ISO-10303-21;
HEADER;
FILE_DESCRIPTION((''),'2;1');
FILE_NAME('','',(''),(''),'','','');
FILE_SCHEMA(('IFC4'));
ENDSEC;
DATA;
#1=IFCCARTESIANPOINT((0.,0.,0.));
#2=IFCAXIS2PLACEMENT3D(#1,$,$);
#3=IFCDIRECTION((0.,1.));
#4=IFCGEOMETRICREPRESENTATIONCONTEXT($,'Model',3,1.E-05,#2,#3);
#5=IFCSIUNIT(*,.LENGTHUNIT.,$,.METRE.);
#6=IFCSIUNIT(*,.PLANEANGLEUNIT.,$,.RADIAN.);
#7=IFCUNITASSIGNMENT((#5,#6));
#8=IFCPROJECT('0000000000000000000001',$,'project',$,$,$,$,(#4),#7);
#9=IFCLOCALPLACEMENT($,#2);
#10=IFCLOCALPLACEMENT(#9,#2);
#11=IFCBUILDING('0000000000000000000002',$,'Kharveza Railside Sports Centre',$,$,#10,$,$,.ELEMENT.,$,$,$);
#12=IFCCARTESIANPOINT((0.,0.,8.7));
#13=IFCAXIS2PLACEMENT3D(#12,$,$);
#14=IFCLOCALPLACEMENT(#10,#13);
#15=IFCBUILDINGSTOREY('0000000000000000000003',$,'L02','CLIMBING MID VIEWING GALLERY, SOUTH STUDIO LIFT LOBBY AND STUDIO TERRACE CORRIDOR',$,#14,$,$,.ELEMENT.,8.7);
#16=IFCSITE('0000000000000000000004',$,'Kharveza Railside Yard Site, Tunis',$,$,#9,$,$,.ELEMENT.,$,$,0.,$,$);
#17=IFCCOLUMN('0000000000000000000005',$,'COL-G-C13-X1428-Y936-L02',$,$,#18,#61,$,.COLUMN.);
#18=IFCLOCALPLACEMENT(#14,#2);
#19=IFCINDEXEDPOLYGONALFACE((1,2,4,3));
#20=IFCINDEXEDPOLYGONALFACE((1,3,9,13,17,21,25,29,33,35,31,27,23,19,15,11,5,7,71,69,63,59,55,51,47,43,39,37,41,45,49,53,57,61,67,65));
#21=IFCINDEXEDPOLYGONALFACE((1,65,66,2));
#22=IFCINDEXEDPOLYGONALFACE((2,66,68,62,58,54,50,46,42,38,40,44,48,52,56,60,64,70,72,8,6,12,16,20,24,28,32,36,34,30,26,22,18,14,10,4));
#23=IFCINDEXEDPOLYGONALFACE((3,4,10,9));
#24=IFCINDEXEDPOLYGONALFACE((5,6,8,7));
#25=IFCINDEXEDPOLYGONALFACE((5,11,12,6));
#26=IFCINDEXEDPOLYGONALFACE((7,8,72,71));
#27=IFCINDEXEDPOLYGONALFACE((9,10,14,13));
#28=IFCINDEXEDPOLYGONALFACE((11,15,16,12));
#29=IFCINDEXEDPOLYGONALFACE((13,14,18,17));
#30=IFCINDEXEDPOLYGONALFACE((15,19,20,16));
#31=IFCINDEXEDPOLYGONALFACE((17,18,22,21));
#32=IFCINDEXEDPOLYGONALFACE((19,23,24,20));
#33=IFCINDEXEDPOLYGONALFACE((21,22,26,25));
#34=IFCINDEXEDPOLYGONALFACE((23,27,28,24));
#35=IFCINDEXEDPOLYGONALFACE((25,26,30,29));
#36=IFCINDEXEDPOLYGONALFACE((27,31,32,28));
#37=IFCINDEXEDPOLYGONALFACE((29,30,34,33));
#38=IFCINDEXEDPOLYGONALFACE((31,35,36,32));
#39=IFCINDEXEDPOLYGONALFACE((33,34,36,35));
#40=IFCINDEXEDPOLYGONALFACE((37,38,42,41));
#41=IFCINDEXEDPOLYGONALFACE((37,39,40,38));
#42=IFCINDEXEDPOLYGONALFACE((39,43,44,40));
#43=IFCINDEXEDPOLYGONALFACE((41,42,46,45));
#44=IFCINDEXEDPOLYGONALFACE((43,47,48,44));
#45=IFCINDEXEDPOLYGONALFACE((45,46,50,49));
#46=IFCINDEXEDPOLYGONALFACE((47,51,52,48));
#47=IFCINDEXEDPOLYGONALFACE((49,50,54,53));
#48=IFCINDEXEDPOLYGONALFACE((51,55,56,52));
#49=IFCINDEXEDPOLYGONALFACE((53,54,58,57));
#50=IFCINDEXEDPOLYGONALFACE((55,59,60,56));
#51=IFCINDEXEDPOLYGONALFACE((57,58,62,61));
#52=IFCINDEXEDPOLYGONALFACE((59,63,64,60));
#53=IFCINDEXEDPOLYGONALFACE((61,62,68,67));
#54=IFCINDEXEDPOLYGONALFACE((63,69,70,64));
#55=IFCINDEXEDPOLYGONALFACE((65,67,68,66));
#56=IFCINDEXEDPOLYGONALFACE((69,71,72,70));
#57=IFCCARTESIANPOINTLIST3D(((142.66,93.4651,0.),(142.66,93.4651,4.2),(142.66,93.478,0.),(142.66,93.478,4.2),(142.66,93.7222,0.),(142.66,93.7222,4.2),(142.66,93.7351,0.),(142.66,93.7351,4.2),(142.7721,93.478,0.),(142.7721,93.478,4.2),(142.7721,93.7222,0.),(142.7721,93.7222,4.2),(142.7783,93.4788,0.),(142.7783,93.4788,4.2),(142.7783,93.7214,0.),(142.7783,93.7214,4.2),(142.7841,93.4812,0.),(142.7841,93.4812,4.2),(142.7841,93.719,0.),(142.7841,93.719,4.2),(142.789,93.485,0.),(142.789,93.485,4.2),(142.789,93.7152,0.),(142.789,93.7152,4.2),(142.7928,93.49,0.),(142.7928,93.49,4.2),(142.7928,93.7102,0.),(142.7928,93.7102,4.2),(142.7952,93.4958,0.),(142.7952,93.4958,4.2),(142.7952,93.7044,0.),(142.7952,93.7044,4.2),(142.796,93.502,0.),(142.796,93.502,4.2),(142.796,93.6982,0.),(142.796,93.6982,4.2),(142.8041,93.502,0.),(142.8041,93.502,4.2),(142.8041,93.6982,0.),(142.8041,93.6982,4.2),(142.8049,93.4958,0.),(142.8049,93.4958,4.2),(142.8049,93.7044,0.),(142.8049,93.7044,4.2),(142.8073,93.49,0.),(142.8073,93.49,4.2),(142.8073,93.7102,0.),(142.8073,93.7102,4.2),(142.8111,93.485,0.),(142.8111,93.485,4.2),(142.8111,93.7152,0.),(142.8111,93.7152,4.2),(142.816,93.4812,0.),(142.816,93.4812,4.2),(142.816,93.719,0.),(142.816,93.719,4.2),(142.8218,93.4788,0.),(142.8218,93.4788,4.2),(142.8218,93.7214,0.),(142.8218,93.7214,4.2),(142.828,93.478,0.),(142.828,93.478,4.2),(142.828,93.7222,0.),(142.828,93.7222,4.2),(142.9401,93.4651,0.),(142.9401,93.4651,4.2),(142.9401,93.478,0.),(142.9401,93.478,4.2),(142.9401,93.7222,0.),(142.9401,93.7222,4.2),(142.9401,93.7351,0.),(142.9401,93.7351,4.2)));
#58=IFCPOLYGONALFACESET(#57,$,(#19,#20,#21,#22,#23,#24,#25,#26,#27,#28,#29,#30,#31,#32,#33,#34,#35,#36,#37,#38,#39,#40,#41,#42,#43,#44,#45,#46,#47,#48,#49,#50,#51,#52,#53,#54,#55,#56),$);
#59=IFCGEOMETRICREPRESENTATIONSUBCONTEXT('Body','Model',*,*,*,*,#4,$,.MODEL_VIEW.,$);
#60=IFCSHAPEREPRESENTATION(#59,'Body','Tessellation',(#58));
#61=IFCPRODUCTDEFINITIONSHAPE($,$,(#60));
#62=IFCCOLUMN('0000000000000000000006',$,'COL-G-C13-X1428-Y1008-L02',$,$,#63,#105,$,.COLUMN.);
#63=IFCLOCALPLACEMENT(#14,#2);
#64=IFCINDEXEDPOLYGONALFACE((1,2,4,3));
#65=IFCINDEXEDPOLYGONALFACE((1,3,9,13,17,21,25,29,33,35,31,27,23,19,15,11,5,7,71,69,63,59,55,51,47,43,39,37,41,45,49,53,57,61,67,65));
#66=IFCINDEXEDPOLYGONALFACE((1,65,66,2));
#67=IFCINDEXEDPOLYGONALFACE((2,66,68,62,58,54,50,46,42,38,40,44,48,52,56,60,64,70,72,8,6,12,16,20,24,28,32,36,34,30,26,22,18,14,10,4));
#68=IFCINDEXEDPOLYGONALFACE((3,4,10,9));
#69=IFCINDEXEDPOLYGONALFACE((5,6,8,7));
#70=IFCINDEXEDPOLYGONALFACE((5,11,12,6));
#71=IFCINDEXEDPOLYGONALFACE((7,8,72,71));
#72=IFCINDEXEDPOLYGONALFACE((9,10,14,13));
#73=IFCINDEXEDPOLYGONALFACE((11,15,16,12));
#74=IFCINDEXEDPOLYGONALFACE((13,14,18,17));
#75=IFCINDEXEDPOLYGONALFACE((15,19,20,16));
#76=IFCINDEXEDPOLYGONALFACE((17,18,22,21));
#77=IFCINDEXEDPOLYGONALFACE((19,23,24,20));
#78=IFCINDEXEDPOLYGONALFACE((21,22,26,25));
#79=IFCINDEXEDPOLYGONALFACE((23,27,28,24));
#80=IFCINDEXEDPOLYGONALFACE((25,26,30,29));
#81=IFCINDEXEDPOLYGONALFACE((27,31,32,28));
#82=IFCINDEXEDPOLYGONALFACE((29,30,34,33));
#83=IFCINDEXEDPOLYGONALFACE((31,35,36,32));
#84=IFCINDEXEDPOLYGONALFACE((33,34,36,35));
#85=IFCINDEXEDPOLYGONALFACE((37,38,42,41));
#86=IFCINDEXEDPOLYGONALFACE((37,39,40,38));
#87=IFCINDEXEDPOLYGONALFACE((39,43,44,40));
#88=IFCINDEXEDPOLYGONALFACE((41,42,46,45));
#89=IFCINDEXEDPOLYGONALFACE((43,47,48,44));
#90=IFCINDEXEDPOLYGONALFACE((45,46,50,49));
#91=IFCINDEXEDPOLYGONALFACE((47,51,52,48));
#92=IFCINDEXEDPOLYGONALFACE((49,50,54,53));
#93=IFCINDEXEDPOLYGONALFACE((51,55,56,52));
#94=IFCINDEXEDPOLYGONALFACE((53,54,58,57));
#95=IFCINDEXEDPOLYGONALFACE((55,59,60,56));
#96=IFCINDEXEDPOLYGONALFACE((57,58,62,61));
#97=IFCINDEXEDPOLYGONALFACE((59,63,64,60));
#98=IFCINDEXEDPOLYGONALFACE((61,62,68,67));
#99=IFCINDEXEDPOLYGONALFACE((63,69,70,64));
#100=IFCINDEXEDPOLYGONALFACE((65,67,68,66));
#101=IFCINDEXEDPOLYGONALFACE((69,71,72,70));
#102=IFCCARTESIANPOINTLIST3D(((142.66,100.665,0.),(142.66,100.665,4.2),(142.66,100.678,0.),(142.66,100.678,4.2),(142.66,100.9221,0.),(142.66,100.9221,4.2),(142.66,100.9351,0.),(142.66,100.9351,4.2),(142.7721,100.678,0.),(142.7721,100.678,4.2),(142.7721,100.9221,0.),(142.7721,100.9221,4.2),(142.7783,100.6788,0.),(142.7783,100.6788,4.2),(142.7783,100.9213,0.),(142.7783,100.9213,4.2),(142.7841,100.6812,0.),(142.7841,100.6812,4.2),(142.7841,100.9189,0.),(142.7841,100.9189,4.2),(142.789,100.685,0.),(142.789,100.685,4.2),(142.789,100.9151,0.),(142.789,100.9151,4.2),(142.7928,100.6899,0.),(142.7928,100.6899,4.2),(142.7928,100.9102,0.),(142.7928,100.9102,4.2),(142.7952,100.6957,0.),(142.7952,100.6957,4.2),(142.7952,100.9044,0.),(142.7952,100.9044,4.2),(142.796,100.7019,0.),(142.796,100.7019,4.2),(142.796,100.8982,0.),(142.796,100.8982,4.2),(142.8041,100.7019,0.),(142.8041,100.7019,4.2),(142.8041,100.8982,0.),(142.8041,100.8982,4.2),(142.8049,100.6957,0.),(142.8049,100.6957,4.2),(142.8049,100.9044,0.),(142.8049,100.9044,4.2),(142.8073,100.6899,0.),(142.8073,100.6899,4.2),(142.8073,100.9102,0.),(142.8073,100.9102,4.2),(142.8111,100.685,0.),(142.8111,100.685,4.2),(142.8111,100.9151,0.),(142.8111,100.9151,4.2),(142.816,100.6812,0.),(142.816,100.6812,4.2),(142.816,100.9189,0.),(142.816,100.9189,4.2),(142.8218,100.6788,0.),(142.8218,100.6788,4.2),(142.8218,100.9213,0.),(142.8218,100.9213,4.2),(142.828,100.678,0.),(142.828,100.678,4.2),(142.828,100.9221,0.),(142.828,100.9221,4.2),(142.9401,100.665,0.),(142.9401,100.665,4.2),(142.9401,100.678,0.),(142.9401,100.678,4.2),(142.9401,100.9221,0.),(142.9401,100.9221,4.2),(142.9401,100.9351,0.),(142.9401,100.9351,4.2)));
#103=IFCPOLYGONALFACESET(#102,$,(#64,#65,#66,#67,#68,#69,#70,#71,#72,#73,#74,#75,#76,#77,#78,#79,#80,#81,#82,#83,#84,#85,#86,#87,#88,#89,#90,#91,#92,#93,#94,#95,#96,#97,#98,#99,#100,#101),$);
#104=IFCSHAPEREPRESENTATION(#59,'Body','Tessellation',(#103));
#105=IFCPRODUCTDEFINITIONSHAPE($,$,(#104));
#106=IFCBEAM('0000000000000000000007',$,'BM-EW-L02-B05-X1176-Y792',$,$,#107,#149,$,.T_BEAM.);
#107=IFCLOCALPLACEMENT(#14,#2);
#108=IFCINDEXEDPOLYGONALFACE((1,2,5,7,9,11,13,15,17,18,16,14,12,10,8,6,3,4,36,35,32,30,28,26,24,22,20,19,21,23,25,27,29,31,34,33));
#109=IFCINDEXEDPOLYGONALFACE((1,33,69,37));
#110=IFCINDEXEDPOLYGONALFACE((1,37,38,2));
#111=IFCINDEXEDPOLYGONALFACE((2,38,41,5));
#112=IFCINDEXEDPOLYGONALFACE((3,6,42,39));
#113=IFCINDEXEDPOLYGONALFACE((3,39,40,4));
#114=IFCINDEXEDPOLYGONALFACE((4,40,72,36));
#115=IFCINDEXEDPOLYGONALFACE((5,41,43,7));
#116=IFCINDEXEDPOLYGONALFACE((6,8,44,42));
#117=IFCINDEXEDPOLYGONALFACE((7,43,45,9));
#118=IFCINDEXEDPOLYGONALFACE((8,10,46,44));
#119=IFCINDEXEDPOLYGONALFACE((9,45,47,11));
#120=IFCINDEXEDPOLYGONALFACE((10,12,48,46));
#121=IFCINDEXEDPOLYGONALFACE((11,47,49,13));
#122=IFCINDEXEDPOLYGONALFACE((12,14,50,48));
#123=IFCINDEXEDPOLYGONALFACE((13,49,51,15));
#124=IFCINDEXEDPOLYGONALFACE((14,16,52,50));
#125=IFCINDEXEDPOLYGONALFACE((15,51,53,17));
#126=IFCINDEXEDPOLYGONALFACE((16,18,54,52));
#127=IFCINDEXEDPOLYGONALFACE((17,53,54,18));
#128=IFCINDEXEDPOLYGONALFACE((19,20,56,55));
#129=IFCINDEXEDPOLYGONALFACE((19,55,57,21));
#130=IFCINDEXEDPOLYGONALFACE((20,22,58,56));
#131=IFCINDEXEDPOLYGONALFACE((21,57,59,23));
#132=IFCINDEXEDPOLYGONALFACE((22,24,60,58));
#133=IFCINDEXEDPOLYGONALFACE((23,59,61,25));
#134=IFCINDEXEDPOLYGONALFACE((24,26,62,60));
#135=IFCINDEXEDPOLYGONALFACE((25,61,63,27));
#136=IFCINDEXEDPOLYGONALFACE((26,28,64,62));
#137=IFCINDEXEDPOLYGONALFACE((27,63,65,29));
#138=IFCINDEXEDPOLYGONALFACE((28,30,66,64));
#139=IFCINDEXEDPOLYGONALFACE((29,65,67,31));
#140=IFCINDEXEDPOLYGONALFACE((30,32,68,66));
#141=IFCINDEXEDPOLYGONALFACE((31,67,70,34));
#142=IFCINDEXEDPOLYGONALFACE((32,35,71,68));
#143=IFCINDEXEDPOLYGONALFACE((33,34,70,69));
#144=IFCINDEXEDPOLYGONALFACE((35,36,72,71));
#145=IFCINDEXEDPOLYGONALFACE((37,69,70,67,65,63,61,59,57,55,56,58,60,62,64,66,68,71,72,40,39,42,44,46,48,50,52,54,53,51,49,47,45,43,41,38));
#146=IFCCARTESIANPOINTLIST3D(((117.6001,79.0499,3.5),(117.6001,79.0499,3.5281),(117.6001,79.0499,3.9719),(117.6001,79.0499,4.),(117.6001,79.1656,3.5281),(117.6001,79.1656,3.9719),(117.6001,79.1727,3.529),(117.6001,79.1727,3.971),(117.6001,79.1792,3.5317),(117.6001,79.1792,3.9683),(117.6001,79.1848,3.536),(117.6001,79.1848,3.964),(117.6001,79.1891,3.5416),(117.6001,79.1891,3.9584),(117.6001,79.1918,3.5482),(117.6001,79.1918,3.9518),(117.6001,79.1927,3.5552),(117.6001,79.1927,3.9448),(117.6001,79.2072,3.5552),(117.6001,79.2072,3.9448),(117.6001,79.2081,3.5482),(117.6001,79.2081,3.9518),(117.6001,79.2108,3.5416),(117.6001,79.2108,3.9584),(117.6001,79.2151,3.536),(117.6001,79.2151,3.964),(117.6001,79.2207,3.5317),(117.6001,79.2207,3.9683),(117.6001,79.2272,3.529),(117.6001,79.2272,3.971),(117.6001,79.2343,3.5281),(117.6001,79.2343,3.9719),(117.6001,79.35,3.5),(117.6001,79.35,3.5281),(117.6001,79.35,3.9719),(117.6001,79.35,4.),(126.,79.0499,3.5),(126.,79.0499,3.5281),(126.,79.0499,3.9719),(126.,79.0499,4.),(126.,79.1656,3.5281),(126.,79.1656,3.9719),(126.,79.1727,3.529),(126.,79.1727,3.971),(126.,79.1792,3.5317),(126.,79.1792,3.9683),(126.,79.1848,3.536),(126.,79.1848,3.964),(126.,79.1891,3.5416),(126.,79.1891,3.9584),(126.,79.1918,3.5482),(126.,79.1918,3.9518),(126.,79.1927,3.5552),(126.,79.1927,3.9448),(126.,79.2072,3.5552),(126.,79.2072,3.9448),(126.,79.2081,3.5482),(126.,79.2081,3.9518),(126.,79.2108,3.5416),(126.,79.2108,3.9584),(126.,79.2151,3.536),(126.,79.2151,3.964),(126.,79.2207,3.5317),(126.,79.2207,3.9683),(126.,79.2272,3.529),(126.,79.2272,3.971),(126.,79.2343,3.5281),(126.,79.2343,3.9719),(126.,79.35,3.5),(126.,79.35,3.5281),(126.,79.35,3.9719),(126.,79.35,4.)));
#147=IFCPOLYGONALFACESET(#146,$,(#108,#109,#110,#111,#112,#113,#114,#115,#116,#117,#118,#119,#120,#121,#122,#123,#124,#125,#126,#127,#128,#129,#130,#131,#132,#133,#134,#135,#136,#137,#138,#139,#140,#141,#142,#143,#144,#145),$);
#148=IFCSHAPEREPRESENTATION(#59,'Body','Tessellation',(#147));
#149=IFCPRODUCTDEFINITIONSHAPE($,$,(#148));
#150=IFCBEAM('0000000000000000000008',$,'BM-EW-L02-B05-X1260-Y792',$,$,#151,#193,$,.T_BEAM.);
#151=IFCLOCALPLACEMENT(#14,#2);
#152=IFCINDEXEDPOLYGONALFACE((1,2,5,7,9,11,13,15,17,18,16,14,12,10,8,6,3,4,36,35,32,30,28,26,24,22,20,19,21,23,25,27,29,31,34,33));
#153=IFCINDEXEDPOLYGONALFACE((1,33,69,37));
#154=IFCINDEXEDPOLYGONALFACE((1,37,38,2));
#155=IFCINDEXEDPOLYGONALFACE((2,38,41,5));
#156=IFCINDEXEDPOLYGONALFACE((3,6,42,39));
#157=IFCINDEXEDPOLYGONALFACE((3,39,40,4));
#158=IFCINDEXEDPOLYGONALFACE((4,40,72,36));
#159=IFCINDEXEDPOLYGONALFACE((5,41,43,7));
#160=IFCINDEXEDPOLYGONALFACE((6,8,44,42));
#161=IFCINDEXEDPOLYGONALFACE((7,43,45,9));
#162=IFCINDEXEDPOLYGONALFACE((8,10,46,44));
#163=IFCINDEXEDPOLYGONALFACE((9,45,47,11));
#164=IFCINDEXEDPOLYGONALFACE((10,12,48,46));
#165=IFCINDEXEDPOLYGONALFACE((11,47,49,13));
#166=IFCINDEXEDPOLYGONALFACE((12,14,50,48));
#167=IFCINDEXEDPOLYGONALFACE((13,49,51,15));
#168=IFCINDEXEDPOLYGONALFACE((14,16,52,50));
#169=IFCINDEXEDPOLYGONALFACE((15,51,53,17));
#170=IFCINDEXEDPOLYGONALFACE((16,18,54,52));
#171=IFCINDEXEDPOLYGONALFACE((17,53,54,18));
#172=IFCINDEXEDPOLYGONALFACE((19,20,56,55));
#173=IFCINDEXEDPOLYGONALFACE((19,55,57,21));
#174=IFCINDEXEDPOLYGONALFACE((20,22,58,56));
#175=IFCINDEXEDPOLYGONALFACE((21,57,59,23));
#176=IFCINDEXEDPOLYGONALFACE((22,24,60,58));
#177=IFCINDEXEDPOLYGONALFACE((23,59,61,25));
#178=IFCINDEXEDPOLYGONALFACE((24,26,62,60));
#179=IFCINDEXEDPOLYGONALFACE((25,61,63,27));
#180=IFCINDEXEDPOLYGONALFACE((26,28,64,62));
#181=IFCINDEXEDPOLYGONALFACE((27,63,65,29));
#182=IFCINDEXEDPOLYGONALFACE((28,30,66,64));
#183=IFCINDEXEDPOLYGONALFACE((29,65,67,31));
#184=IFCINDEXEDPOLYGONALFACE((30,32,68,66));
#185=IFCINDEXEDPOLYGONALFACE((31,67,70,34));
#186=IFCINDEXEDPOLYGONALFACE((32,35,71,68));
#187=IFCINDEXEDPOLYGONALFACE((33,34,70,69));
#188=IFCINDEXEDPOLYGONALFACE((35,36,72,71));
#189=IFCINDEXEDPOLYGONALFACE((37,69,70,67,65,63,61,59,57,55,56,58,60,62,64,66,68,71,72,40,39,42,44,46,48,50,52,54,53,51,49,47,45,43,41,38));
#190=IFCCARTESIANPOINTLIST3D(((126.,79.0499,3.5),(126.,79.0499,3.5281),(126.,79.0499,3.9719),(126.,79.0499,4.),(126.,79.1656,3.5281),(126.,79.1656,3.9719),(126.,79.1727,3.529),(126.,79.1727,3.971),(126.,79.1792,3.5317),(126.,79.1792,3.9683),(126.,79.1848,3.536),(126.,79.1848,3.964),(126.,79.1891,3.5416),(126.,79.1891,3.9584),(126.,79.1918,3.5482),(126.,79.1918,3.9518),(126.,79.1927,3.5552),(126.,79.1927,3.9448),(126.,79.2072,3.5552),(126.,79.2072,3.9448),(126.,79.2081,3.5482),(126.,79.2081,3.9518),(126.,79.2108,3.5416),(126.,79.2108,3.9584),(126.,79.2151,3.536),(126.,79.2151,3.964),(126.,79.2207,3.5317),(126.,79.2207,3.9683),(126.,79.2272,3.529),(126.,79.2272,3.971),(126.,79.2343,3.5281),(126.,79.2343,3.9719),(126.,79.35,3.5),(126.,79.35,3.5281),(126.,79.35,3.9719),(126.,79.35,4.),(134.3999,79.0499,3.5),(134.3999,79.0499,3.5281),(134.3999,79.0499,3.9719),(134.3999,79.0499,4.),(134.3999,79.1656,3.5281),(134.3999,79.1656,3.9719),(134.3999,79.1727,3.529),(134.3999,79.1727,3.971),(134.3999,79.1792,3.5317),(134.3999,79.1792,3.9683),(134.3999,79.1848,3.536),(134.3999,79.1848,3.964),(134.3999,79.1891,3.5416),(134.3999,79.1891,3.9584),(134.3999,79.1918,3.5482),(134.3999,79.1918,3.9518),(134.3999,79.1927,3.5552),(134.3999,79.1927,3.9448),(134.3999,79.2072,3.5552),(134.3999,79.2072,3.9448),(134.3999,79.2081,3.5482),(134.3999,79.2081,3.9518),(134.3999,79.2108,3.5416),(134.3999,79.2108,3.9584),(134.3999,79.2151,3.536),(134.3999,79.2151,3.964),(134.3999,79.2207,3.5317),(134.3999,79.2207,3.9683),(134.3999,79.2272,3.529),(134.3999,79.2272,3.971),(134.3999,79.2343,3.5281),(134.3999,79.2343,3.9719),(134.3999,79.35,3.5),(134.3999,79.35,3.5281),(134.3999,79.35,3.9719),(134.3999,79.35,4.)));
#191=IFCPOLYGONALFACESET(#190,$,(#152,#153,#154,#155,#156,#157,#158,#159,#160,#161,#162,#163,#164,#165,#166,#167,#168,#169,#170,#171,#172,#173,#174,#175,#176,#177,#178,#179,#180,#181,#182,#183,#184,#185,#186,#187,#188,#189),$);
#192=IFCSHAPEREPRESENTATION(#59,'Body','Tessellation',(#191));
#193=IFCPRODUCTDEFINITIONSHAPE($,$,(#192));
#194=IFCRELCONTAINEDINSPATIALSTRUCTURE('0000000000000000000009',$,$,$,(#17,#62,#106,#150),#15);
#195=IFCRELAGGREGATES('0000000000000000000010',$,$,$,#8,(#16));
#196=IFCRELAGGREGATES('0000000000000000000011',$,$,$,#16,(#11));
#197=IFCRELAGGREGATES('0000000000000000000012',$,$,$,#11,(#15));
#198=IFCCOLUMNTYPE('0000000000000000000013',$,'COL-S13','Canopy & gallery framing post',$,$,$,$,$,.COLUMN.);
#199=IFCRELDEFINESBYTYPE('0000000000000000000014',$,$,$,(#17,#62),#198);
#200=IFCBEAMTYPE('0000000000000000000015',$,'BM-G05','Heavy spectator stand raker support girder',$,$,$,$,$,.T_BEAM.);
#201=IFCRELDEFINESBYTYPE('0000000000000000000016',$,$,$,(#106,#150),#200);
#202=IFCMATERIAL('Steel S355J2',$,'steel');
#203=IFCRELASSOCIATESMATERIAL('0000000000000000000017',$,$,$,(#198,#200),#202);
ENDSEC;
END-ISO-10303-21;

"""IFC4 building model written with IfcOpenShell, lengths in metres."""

from ifc_helpers import new_model, si_unit, direction, frame, origin, origin_2d, place, context, subcontext, project, spatial, i_section, extrude, material, material_profile, profile_set, type_object, element, save


model = new_model("IFC4")

# Units and contexts
model_context = context("Model", 3, precision=1e-05, world=origin(), true_north=direction((0.0, 1.0)))
body_context = subcontext(model_context, "Body", "Model", "MODEL_VIEW")
ifc_project = project(units=[si_unit("LENGTHUNIT", "METRE"), si_unit("PLANEANGLEUNIT", "RADIAN")], contexts=[model_context])

# Site, building, storey
site_placement = place(None, origin())
site = spatial("IfcSite", under=ifc_project, at=site_placement, Name="Kharveza Railside Yard Site, Tunis", CompositionType="ELEMENT", RefElevation=0.0)
building_placement = place(site_placement, origin())
building = spatial("IfcBuilding", under=site, at=building_placement, Name="Kharveza Railside Sports Centre", CompositionType="ELEMENT")
storey_placement = place(building_placement, frame((0.0, 0.0, 8.7)))
storey = spatial("IfcBuildingStorey", under=building, at=storey_placement, Name="L02", Description="CLIMBING MID VIEWING GALLERY, SOUTH STUDIO LIFT LOBBY AND STUDIO TERRACE CORRIDOR", CompositionType="ELEMENT", Elevation=8.7)

# Columns
ifc_material_1 = material(Name="Steel S355J2", Category="steel")
ifc_material_profile_1 = material_profile(ifc_material_1, i_section(OverallWidth=0.28, OverallDepth=0.27, WebThickness=0.0081, FlangeThickness=0.0129, FilletRadius=0.0239, at=origin_2d()), Name="HEA 280")
ifc_profile_set_1 = profile_set([ifc_material_profile_1], Name="Steel S355J2")
column_type_1 = type_object("IfcColumnType", Name="COL-S13", Description="Canopy & gallery framing post", PredefinedType="COLUMN", material=ifc_profile_set_1)
for number, where, z_axis, x_axis, name in (
    (1, (142.8, 93.6001, 0.0), (0.0, 0.0, 1.0), (1.0, 0.0, 0.0), "COL-G-C13-X1428-Y936-L02"),
    (2, (142.8, 100.8, 0.0), (0.0, 0.0, 1.0), (1.0, 0.0, 0.0), "COL-G-C13-X1428-Y1008-L02"),
):
    element("IfcColumn", number, at=place(storey_placement, frame(where, z_axis=z_axis, x_axis=x_axis)), inside=storey, type_object=column_type_1, Name=name, PredefinedType="COLUMN", context=body_context, shape_type="SweptSolid", body=[
        extrude(i_section(OverallWidth=0.28, OverallDepth=0.27, WebThickness=0.0081, FlangeThickness=0.0129, FilletRadius=0.0239, at=origin_2d()), origin(), (0.0, 0.0, 1.0), 4.2),
    ])

# Beams
ifc_material_profile_2 = material_profile(ifc_material_1, i_section(OverallWidth=0.3, OverallDepth=0.5, WebThickness=0.0144, FlangeThickness=0.0281, FilletRadius=0.0271, at=origin_2d()), Name="HEB 500")
ifc_profile_set_2 = profile_set([ifc_material_profile_2], Name="Steel S355J2")
beam_type_1 = type_object("IfcBeamType", Name="BM-G05", Description="Heavy spectator stand raker support girder", PredefinedType="T_BEAM", material=ifc_profile_set_2)
for number, where, z_axis, x_axis, name in (
    (3, (117.6001, 79.2, 3.75), (1.0, 0.0, 0.0), (0.0, 1.0, 0.0), "BM-EW-L02-B05-X1176-Y792"),
    (4, (126.0, 79.2, 3.75), (1.0, 0.0, 0.0), (0.0, 1.0, 0.0), "BM-EW-L02-B05-X1260-Y792"),
):
    element("IfcBeam", number, at=place(storey_placement, frame(where, z_axis=z_axis, x_axis=x_axis)), inside=storey, type_object=beam_type_1, Name=name, PredefinedType="T_BEAM", context=body_context, shape_type="SweptSolid", body=[
        extrude(i_section(OverallWidth=0.3, OverallDepth=0.5, WebThickness=0.0144, FlangeThickness=0.0281, FilletRadius=0.0271, at=origin_2d()), origin(), (0.0, 0.0, 1.0), 8.3999),
    ])

save(model, "model.ifc")
